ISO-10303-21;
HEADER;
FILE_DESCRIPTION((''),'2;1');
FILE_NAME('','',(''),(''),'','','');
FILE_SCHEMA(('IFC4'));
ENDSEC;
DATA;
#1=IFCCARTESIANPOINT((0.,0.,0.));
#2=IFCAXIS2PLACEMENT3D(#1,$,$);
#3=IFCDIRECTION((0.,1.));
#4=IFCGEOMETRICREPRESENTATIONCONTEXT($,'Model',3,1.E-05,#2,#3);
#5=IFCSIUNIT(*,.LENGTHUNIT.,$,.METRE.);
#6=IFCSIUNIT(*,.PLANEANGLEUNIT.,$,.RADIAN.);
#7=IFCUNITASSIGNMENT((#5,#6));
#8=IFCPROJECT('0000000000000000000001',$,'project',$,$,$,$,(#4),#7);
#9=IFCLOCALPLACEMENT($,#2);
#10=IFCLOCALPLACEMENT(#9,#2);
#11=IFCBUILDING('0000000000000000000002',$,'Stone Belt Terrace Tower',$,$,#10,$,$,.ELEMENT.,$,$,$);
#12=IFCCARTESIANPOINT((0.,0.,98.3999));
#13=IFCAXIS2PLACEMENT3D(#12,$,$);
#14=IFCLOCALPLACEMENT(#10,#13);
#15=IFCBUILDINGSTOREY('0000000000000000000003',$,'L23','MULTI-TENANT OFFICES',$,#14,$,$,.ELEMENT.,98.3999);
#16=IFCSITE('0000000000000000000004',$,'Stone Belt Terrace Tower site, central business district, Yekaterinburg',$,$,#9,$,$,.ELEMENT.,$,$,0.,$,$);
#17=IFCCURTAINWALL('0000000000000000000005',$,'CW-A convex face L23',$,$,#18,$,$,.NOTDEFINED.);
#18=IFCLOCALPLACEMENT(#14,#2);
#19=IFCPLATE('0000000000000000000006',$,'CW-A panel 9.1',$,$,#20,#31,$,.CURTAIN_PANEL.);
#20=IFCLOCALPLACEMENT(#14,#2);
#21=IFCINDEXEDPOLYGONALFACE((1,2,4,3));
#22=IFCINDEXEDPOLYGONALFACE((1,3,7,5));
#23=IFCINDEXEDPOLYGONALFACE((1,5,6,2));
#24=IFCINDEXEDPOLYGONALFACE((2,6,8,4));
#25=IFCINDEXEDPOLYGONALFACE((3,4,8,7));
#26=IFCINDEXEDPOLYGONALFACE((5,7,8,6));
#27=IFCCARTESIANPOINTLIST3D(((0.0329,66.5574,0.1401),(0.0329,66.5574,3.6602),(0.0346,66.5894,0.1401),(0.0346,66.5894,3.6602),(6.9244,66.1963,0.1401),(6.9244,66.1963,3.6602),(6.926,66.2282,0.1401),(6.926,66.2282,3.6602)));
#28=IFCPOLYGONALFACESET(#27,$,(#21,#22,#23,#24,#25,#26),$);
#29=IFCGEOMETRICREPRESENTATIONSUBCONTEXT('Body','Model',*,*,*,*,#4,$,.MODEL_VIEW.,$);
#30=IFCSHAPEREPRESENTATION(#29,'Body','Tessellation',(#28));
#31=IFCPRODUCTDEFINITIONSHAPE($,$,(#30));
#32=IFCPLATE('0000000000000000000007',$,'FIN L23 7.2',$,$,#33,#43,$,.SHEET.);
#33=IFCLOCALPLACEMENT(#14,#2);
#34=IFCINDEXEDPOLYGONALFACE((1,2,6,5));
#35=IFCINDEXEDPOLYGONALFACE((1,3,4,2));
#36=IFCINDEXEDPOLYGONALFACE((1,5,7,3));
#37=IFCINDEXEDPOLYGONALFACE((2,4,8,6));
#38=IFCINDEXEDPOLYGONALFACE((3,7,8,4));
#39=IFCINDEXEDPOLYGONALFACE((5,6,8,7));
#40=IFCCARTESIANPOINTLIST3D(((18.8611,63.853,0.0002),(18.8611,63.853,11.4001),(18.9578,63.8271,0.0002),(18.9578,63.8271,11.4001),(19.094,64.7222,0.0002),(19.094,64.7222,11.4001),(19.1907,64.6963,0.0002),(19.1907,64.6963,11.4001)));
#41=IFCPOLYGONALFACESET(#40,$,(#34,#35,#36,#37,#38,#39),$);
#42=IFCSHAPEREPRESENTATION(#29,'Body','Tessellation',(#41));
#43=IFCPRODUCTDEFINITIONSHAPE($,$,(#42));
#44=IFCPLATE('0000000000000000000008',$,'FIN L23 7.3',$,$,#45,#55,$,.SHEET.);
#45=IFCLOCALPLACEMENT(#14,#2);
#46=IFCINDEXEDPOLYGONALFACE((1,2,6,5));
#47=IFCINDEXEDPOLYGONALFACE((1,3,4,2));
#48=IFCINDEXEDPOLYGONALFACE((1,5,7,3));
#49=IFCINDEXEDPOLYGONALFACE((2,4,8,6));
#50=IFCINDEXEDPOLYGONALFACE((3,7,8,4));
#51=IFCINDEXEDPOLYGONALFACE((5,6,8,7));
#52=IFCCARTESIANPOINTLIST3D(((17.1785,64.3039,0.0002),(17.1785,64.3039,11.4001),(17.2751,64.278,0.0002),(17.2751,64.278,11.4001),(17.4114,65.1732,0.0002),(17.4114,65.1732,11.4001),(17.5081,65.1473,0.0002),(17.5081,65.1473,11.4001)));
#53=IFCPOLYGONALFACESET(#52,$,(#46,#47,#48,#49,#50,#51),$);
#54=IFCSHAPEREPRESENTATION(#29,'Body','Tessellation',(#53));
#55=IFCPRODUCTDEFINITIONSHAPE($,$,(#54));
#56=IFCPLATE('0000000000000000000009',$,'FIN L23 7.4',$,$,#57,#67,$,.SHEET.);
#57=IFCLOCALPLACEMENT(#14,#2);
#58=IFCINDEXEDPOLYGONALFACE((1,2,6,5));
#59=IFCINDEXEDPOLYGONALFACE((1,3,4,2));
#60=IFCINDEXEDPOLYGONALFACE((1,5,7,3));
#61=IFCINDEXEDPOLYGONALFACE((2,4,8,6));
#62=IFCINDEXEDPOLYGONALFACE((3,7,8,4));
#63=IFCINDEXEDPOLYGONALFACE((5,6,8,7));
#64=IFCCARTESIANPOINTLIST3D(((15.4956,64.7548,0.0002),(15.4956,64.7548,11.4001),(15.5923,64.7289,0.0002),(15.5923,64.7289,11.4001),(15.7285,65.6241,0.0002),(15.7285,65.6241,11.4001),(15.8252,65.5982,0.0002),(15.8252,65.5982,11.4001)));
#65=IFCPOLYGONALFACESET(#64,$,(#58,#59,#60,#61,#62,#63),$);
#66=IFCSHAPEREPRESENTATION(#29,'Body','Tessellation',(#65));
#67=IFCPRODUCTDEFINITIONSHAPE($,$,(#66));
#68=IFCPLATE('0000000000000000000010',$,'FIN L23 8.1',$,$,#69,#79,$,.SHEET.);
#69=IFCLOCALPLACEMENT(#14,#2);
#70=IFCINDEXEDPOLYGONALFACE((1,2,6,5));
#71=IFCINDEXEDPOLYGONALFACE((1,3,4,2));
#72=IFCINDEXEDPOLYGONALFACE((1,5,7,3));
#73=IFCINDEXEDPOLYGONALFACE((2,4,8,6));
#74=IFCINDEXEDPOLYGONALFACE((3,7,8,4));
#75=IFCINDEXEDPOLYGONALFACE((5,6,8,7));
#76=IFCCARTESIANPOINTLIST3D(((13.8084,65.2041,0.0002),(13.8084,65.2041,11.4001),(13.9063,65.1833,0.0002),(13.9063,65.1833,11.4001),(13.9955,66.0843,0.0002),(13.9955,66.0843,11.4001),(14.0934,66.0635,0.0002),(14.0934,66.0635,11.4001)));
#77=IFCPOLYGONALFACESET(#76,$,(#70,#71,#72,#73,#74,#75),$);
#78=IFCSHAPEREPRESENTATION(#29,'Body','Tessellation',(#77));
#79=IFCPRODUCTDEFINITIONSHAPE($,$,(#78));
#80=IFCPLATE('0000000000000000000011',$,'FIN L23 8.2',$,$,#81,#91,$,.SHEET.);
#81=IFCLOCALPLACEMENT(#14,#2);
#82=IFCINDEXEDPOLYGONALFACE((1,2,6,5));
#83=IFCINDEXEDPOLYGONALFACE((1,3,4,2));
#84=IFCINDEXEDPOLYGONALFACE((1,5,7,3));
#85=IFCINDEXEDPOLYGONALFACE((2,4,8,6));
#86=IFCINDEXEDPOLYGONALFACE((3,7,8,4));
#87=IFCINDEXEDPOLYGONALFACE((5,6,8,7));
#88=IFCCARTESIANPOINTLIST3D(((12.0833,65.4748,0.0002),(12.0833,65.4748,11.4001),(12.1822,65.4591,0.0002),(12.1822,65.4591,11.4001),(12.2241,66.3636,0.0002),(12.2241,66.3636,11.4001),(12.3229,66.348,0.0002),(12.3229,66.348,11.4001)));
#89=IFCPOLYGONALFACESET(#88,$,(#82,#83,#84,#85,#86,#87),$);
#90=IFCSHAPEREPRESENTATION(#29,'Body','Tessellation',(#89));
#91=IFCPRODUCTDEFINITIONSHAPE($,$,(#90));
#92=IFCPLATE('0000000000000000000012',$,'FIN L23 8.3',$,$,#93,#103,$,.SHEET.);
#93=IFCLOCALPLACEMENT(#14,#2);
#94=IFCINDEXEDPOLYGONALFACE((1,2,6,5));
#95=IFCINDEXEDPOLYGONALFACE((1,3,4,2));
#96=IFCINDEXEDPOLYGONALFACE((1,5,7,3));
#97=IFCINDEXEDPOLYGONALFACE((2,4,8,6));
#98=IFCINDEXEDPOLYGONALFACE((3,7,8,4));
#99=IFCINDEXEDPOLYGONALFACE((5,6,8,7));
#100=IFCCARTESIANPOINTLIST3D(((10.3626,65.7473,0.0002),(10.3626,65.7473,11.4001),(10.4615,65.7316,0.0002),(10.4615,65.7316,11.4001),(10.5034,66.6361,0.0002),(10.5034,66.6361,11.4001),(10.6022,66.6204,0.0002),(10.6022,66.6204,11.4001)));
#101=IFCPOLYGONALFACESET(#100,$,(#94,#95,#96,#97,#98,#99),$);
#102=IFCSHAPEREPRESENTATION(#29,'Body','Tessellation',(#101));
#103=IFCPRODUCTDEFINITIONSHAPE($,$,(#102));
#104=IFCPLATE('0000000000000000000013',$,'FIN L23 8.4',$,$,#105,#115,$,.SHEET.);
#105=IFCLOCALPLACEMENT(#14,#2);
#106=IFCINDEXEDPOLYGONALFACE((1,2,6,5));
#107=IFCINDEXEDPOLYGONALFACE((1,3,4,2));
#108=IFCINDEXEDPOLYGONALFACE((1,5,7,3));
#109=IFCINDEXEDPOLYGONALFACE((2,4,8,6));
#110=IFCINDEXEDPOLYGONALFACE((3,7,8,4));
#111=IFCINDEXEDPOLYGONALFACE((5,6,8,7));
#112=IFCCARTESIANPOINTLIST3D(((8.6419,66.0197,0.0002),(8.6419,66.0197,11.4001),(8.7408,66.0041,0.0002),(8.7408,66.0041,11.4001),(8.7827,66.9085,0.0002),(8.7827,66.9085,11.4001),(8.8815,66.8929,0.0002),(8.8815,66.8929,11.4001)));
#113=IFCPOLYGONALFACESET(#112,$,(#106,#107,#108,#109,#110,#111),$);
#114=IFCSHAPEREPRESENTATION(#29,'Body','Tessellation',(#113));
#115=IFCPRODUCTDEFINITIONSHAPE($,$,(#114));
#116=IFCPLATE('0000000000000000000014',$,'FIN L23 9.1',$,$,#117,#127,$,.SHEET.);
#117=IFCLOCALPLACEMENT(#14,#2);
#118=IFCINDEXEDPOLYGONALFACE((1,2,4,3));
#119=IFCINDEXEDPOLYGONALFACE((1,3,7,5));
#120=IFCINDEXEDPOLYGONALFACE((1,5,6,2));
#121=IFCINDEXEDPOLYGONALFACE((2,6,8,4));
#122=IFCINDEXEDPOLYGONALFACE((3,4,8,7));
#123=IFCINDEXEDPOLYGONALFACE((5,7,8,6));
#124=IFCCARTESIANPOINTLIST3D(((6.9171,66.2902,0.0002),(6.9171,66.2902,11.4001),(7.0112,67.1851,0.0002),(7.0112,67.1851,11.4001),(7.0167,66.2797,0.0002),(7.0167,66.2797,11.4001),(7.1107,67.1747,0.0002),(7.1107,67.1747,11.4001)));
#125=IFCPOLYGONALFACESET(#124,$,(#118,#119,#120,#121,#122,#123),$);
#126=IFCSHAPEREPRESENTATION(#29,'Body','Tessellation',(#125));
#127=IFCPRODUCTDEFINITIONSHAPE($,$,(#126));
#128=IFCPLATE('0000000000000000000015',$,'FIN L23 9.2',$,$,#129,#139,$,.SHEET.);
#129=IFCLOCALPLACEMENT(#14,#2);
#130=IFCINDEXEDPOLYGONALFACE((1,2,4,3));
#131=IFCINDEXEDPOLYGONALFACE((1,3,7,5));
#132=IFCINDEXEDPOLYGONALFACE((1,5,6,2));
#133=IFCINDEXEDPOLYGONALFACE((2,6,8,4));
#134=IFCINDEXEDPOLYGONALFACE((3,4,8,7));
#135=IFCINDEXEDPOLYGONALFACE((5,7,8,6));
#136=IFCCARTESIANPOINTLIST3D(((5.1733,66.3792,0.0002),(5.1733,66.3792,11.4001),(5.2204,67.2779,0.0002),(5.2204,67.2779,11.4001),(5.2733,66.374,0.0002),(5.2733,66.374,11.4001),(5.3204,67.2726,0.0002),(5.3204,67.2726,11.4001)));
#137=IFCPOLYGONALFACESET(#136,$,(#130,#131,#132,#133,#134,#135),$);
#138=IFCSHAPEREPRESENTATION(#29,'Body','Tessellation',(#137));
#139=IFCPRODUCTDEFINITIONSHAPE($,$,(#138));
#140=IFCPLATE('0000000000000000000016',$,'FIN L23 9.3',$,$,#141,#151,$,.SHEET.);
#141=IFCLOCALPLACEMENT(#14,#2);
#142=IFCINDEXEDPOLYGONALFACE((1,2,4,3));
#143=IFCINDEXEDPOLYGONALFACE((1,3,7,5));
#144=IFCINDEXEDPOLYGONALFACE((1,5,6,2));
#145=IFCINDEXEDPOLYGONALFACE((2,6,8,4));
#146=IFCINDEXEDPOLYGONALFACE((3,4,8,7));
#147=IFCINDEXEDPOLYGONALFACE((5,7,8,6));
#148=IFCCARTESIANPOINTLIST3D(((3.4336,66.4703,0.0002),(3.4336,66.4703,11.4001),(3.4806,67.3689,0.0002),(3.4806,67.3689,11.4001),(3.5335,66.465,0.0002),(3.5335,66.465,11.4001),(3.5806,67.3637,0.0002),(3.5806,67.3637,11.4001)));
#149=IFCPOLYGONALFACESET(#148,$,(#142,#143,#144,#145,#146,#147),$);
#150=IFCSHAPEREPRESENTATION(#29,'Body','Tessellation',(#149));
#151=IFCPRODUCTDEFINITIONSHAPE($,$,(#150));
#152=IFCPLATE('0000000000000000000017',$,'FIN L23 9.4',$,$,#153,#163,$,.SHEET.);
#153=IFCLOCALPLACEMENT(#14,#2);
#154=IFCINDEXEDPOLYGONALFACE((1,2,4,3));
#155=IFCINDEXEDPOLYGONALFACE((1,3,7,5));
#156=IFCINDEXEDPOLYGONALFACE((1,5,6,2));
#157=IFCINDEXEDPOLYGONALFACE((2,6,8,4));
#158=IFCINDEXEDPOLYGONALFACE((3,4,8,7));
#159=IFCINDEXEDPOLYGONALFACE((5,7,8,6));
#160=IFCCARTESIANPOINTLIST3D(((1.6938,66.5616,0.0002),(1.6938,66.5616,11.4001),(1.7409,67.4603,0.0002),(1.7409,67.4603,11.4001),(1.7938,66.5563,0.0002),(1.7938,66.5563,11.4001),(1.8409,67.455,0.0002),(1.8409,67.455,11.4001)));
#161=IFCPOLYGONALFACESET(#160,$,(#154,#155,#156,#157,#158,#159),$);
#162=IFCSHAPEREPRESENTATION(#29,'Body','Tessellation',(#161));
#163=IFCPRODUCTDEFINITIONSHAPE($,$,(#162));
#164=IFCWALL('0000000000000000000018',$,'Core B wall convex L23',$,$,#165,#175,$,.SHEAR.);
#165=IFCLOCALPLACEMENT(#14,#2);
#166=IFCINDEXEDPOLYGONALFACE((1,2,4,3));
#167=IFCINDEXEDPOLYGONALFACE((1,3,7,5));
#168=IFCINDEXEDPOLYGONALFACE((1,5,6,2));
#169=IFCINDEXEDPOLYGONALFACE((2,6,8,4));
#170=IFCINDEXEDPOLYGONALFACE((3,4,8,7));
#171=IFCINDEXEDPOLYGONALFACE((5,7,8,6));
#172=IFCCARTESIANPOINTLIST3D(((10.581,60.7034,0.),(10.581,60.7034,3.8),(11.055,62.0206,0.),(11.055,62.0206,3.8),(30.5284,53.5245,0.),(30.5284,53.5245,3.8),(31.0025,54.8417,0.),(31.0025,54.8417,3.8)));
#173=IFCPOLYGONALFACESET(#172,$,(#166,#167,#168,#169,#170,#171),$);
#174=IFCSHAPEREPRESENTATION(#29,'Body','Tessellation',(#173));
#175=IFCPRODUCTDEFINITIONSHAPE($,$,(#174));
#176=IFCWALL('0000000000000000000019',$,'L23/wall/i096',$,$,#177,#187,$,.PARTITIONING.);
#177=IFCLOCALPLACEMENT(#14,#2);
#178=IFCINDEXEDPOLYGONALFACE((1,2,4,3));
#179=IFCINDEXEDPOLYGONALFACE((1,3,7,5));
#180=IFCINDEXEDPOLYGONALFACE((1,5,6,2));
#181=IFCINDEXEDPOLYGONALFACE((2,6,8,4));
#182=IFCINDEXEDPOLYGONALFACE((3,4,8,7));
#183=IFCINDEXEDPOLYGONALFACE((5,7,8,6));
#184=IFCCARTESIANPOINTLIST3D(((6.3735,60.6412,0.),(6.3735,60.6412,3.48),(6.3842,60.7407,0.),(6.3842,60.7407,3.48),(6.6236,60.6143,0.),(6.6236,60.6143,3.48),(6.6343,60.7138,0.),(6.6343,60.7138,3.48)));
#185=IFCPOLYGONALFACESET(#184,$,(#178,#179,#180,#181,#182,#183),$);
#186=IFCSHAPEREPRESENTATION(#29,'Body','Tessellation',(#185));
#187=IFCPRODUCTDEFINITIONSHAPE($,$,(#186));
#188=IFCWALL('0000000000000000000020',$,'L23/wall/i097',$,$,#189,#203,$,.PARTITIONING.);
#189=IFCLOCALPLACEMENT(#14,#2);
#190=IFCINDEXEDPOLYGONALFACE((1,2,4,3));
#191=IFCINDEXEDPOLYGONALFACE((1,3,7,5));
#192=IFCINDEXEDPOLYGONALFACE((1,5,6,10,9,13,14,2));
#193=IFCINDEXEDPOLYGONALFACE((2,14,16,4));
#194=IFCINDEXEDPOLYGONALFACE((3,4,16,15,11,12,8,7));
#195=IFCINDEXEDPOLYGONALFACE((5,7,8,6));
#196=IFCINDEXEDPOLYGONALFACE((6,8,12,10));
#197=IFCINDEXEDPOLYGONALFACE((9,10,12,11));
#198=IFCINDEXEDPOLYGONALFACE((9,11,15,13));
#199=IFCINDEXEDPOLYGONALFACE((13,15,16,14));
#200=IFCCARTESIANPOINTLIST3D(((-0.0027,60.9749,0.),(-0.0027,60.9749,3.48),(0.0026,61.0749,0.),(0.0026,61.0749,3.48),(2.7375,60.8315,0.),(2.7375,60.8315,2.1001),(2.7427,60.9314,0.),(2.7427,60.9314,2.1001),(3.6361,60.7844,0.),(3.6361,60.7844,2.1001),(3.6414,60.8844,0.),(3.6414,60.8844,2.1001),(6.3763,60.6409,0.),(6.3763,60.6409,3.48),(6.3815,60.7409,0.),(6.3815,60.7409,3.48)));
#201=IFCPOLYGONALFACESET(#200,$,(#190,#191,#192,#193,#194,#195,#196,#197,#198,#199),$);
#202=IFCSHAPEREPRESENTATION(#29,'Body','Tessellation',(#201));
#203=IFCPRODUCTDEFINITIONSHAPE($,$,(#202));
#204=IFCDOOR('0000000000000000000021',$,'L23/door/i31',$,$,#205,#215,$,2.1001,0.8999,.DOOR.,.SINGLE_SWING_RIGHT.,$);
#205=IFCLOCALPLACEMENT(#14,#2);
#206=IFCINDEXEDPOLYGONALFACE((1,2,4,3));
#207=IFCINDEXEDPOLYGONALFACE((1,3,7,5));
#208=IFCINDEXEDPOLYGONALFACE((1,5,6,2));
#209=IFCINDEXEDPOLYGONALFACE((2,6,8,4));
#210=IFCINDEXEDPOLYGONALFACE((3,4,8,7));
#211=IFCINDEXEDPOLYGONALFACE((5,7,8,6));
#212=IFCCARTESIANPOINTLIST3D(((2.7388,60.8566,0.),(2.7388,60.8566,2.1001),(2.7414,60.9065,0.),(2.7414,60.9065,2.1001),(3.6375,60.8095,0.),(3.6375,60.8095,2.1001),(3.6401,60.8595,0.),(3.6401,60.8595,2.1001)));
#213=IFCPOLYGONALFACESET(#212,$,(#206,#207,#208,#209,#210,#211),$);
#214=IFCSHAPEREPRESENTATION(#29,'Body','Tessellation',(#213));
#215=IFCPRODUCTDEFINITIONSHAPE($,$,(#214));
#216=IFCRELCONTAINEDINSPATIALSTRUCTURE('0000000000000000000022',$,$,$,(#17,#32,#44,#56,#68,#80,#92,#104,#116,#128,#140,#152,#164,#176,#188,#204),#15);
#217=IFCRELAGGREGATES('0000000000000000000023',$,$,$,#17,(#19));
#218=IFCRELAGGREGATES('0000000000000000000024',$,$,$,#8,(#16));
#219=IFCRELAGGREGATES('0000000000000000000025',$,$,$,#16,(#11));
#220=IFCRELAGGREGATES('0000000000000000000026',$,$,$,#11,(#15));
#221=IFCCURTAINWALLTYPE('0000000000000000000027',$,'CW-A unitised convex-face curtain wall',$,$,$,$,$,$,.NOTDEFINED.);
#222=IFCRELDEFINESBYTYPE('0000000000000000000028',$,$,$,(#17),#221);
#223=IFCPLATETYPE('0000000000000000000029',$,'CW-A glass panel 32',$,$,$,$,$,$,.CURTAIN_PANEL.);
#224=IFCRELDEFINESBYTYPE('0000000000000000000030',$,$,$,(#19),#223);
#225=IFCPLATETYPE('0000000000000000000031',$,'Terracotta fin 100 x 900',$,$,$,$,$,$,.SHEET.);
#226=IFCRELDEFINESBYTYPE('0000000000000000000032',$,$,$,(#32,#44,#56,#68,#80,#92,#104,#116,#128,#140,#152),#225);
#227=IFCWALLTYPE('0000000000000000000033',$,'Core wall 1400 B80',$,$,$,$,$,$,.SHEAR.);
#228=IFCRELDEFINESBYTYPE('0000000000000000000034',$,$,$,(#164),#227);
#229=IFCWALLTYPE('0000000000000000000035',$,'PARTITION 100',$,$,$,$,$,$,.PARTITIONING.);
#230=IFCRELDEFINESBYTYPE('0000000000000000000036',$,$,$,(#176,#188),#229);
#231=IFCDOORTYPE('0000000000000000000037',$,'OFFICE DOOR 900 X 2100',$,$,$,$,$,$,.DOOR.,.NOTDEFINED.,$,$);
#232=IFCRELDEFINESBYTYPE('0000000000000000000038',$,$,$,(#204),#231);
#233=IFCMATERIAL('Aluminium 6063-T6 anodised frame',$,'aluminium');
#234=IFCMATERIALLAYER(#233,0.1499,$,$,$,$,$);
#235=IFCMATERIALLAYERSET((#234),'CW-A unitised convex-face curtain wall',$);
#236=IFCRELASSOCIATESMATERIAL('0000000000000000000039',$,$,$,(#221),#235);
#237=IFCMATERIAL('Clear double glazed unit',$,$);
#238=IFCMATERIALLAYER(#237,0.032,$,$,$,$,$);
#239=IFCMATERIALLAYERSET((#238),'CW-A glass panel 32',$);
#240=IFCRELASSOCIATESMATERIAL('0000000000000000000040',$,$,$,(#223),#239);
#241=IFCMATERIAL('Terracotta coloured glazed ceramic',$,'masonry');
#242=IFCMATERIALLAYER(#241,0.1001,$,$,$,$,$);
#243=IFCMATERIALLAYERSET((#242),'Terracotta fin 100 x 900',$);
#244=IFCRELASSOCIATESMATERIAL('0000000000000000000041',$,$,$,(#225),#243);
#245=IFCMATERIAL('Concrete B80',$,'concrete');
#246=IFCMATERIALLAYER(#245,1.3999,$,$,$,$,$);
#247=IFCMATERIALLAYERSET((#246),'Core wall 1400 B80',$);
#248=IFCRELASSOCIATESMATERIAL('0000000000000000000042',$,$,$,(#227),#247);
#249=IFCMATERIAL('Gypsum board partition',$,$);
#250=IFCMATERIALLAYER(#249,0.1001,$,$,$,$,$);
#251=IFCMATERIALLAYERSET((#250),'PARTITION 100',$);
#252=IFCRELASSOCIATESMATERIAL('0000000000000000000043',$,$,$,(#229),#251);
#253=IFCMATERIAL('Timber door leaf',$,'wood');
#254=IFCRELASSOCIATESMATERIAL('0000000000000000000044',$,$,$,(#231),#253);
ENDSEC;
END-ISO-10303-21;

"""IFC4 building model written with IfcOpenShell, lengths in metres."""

from ifc_helpers import new_model, si_unit, direction, frame, frame_2d, origin, origin_2d, place, context, subcontext, project, spatial, rectangle, extrude, material, layer, layer_set, type_object, element, fill, aggregate, save


model = new_model("IFC4")

# Units and contexts
model_context = context("Model", 3, precision=1e-05, world=origin(), true_north=direction((0.0, 1.0)))
body_context = subcontext(model_context, "Body", "Model", "MODEL_VIEW")
ifc_project = project(units=[si_unit("LENGTHUNIT", "METRE"), si_unit("PLANEANGLEUNIT", "RADIAN")], contexts=[model_context])

# Site, building, storey
site_placement = place(None, origin())
site = spatial("IfcSite", under=ifc_project, at=site_placement, Name="Stone Belt Terrace Tower site, central business district, Yekaterinburg", CompositionType="ELEMENT", RefElevation=0.0)
building_placement = place(site_placement, origin())
building = spatial("IfcBuilding", under=site, at=building_placement, Name="Stone Belt Terrace Tower", CompositionType="ELEMENT")
storey_placement = place(building_placement, frame((0.0, 0.0, 98.3999)))
storey = spatial("IfcBuildingStorey", under=building, at=storey_placement, Name="L23", Description="MULTI-TENANT OFFICES", CompositionType="ELEMENT", Elevation=98.3999)

# Shared definitions
ifc_material_1 = material(Name="Concrete B80", Category="concrete")

# Curtain wall, plate
ifc_material_2 = material(Name="Aluminium 6063-T6 anodised frame", Category="aluminium")
ifc_layer_1 = layer(ifc_material_2, 0.1499)
ifc_layer_set_1 = layer_set([ifc_layer_1], Name="CW-A unitised convex-face curtain wall")
curtain_wall_type = type_object("IfcCurtainWallType", Name="CW-A unitised convex-face curtain wall", PredefinedType="NOTDEFINED", material=ifc_layer_set_1)
curtain_wall_placement = place(storey_placement, origin())
curtain_wall = element("IfcCurtainWall", 1, at=curtain_wall_placement, inside=storey, type_object=curtain_wall_type, Name="CW-A convex face L23", PredefinedType="NOTDEFINED")
ifc_material_3 = material(Name="Clear double glazed unit")
ifc_layer_2 = layer(ifc_material_3, 0.032)
ifc_layer_set_2 = layer_set([ifc_layer_2], Name="CW-A glass panel 32")
plate_type_1 = type_object("IfcPlateType", Name="CW-A glass panel 32", PredefinedType="CURTAIN_PANEL", material=ifc_layer_set_2)
plate_1_placement = place(storey_placement, frame((3.4795, 66.3928, 0.1401), z_axis=(0.0, 0.0, 1.0), x_axis=(-0.99863, 0.052336, 0.0)))
plate_1 = element("IfcPlate", 2, at=plate_1_placement, type_object=plate_type_1, Name="CW-A panel 9.1", PredefinedType="CURTAIN_PANEL", context=body_context, shape_type="SweptSolid", body=[
    extrude(rectangle(XDim=6.9009, YDim=0.032, at=origin_2d()), origin(), (0.0, 0.0, 1.0), 3.52),
])
aggregate(curtain_wall, [plate_1])

# Plates
ifc_material_4 = material(Name="Terracotta coloured glazed ceramic", Category="masonry")
ifc_layer_3 = layer(ifc_material_4, 0.1001)
ifc_layer_set_3 = layer_set([ifc_layer_3], Name="Terracotta fin 100 x 900")
plate_type_2 = type_object("IfcPlateType", Name="Terracotta fin 100 x 900", PredefinedType="SHEET", material=ifc_layer_set_3)
for number, where, z_axis, x_axis, name in (
    (3, (19.0259, 64.2747, 0.0002), (0.0, 0.0, 1.0), (0.258819, 0.965926, 0.0), "FIN L23 7.2"),
    (4, (17.3433, 64.7256, 0.0002), (0.0, 0.0, 1.0), (0.258819, 0.965926, 0.0), "FIN L23 7.3"),
    (5, (15.6604, 65.1765, 0.0002), (0.0, 0.0, 1.0), (0.258819, 0.965926, 0.0), "FIN L23 7.4"),
    (6, (13.9509, 65.6338, 0.0002), (0.0, 0.0, 1.0), (0.207912, 0.978148, 0.0), "FIN L23 8.1"),
    (7, (12.2031, 65.9114, 0.0002), (0.0, 0.0, 1.0), (0.156434, 0.987688, 0.0), "FIN L23 8.2"),
    (8, (10.4824, 66.1838, 0.0002), (0.0, 0.0, 1.0), (0.156434, 0.987688, 0.0), "FIN L23 8.3"),
    (9, (8.7617, 66.4563, 0.0002), (0.0, 0.0, 1.0), (0.156434, 0.987688, 0.0), "FIN L23 8.4"),
    (10, (7.0139, 66.7324, 0.0002), (0.0, 0.0, 1.0), (0.104528, 0.994522, 0.0), "FIN L23 9.1"),
    (11, (5.2468, 66.8259, 0.0002), (0.0, 0.0, 1.0), (0.052336, 0.99863, 0.0), "FIN L23 9.2"),
    (12, (3.5071, 66.917, 0.0002), (0.0, 0.0, 1.0), (0.052336, 0.99863, 0.0), "FIN L23 9.3"),
    (13, (1.7673, 67.0083, 0.0002), (0.0, 0.0, 1.0), (0.052336, 0.99863, 0.0), "FIN L23 9.4"),
):
    element("IfcPlate", number, at=place(storey_placement, frame(where, z_axis=z_axis, x_axis=x_axis)), inside=storey, type_object=plate_type_2, Name=name, PredefinedType="SHEET", context=body_context, shape_type="SweptSolid", body=[
        extrude(rectangle(XDim=0.8999, YDim=0.1001, at=origin_2d()), origin(), (0.0, 0.0, 1.0), 11.3999),
    ])

# Walls
ifc_layer_4 = layer(ifc_material_1, 1.3999)
ifc_layer_set_4 = layer_set([ifc_layer_4], Name="Core wall 1400 B80")
wall_type_1 = type_object("IfcWallType", Name="Core wall 1400 B80", PredefinedType="SHEAR", material=ifc_layer_set_4)
wall_1_placement = place(storey_placement, frame((10.8179, 61.3621, 0.0), z_axis=(0.0, 0.0, 1.0), x_axis=(0.94092, -0.33863, 0.0)))
element("IfcWall", 14, at=wall_1_placement, inside=storey, type_object=wall_type_1, Name="Core B wall convex L23", PredefinedType="SHEAR", context=body_context, shape_type="SweptSolid", body=[
    extrude(rectangle(XDim=21.2, YDim=1.3999, at=frame_2d((10.6001, 0.0))), origin(), (0.0, 0.0, 1.0), 3.8),
])
ifc_material_5 = material(Name="Gypsum board partition")
ifc_layer_5 = layer(ifc_material_5, 0.1001)
ifc_layer_set_5 = layer_set([ifc_layer_5], Name="PARTITION 100")
wall_type_2 = type_object("IfcWallType", Name="PARTITION 100", PredefinedType="PARTITIONING", material=ifc_layer_set_5)
wall_2_placement = place(storey_placement, frame((6.6289, 60.6641, 0.0), z_axis=(0.0, 0.0, 1.0), x_axis=(-0.99428, 0.106807, 0.0)))
element("IfcWall", 15, at=wall_2_placement, inside=storey, type_object=wall_type_2, Name="L23/wall/i096", PredefinedType="PARTITIONING", context=body_context, shape_type="SweptSolid", body=[
    extrude(rectangle(XDim=0.2515, YDim=0.1001, at=frame_2d((0.1257, 0.0))), origin(), (0.0, 0.0, 1.0), 3.48),
])

# Wall, opening, door
wall_3_placement = place(storey_placement, frame((6.3789, 60.6909, 0.0), z_axis=(0.0, 0.0, 1.0), x_axis=(-0.998632, 0.052286, 0.0)))
wall_3 = element("IfcWall", 16, at=wall_3_placement, inside=storey, type_object=wall_type_2, Name="L23/wall/i097", PredefinedType="PARTITIONING", context=body_context, shape_type="SweptSolid", body=[
    extrude(rectangle(XDim=6.3877, YDim=0.1001, at=frame_2d((3.1938, 0.0))), origin(), (0.0, 0.0, 1.0), 3.48),
])
opening_1_placement = place(wall_3_placement, frame((2.7439, 0.0, 0.0)))
opening_1 = element("IfcOpeningElement", 17, at=opening_1_placement, cuts=wall_3, PredefinedType="OPENING", context=body_context, shape_type="SweptSolid", body=[
    extrude(rectangle(XDim=0.8999, YDim=2.1001, at=frame_2d((0.45, 1.05))), frame((0.0, 0.0601, 0.0), z_axis=(0.0, -1.0, 0.0), x_axis=(1.0, 0.0, 0.0)), (0.0, 0.0, 1.0), 0.1201),
])
ifc_material_6 = material(Name="Timber door leaf", Category="wood")
door_type = type_object("IfcDoorType", Name="OFFICE DOOR 900 X 2100", OperationType="NOTDEFINED", PredefinedType="DOOR", material=ifc_material_6)
door_1_placement = place(opening_1_placement, origin())
door_1 = element("IfcDoor", 18, at=door_1_placement, inside=storey, type_object=door_type, Name="L23/door/i31", OperationType="SINGLE_SWING_RIGHT", OverallHeight=2.1001, OverallWidth=0.8999, PredefinedType="DOOR", context=body_context, shape_type="SweptSolid", body=[
    extrude(rectangle(XDim=0.8999, YDim=2.1001, at=frame_2d((0.45, 1.05))), frame((0.0, 0.0249, 0.0), z_axis=(0.0, -1.0, 0.0), x_axis=(1.0, 0.0, 0.0)), (0.0, 0.0, 1.0), 0.05),
])
fill(opening_1, door_1)

save(model, "model.ifc")
